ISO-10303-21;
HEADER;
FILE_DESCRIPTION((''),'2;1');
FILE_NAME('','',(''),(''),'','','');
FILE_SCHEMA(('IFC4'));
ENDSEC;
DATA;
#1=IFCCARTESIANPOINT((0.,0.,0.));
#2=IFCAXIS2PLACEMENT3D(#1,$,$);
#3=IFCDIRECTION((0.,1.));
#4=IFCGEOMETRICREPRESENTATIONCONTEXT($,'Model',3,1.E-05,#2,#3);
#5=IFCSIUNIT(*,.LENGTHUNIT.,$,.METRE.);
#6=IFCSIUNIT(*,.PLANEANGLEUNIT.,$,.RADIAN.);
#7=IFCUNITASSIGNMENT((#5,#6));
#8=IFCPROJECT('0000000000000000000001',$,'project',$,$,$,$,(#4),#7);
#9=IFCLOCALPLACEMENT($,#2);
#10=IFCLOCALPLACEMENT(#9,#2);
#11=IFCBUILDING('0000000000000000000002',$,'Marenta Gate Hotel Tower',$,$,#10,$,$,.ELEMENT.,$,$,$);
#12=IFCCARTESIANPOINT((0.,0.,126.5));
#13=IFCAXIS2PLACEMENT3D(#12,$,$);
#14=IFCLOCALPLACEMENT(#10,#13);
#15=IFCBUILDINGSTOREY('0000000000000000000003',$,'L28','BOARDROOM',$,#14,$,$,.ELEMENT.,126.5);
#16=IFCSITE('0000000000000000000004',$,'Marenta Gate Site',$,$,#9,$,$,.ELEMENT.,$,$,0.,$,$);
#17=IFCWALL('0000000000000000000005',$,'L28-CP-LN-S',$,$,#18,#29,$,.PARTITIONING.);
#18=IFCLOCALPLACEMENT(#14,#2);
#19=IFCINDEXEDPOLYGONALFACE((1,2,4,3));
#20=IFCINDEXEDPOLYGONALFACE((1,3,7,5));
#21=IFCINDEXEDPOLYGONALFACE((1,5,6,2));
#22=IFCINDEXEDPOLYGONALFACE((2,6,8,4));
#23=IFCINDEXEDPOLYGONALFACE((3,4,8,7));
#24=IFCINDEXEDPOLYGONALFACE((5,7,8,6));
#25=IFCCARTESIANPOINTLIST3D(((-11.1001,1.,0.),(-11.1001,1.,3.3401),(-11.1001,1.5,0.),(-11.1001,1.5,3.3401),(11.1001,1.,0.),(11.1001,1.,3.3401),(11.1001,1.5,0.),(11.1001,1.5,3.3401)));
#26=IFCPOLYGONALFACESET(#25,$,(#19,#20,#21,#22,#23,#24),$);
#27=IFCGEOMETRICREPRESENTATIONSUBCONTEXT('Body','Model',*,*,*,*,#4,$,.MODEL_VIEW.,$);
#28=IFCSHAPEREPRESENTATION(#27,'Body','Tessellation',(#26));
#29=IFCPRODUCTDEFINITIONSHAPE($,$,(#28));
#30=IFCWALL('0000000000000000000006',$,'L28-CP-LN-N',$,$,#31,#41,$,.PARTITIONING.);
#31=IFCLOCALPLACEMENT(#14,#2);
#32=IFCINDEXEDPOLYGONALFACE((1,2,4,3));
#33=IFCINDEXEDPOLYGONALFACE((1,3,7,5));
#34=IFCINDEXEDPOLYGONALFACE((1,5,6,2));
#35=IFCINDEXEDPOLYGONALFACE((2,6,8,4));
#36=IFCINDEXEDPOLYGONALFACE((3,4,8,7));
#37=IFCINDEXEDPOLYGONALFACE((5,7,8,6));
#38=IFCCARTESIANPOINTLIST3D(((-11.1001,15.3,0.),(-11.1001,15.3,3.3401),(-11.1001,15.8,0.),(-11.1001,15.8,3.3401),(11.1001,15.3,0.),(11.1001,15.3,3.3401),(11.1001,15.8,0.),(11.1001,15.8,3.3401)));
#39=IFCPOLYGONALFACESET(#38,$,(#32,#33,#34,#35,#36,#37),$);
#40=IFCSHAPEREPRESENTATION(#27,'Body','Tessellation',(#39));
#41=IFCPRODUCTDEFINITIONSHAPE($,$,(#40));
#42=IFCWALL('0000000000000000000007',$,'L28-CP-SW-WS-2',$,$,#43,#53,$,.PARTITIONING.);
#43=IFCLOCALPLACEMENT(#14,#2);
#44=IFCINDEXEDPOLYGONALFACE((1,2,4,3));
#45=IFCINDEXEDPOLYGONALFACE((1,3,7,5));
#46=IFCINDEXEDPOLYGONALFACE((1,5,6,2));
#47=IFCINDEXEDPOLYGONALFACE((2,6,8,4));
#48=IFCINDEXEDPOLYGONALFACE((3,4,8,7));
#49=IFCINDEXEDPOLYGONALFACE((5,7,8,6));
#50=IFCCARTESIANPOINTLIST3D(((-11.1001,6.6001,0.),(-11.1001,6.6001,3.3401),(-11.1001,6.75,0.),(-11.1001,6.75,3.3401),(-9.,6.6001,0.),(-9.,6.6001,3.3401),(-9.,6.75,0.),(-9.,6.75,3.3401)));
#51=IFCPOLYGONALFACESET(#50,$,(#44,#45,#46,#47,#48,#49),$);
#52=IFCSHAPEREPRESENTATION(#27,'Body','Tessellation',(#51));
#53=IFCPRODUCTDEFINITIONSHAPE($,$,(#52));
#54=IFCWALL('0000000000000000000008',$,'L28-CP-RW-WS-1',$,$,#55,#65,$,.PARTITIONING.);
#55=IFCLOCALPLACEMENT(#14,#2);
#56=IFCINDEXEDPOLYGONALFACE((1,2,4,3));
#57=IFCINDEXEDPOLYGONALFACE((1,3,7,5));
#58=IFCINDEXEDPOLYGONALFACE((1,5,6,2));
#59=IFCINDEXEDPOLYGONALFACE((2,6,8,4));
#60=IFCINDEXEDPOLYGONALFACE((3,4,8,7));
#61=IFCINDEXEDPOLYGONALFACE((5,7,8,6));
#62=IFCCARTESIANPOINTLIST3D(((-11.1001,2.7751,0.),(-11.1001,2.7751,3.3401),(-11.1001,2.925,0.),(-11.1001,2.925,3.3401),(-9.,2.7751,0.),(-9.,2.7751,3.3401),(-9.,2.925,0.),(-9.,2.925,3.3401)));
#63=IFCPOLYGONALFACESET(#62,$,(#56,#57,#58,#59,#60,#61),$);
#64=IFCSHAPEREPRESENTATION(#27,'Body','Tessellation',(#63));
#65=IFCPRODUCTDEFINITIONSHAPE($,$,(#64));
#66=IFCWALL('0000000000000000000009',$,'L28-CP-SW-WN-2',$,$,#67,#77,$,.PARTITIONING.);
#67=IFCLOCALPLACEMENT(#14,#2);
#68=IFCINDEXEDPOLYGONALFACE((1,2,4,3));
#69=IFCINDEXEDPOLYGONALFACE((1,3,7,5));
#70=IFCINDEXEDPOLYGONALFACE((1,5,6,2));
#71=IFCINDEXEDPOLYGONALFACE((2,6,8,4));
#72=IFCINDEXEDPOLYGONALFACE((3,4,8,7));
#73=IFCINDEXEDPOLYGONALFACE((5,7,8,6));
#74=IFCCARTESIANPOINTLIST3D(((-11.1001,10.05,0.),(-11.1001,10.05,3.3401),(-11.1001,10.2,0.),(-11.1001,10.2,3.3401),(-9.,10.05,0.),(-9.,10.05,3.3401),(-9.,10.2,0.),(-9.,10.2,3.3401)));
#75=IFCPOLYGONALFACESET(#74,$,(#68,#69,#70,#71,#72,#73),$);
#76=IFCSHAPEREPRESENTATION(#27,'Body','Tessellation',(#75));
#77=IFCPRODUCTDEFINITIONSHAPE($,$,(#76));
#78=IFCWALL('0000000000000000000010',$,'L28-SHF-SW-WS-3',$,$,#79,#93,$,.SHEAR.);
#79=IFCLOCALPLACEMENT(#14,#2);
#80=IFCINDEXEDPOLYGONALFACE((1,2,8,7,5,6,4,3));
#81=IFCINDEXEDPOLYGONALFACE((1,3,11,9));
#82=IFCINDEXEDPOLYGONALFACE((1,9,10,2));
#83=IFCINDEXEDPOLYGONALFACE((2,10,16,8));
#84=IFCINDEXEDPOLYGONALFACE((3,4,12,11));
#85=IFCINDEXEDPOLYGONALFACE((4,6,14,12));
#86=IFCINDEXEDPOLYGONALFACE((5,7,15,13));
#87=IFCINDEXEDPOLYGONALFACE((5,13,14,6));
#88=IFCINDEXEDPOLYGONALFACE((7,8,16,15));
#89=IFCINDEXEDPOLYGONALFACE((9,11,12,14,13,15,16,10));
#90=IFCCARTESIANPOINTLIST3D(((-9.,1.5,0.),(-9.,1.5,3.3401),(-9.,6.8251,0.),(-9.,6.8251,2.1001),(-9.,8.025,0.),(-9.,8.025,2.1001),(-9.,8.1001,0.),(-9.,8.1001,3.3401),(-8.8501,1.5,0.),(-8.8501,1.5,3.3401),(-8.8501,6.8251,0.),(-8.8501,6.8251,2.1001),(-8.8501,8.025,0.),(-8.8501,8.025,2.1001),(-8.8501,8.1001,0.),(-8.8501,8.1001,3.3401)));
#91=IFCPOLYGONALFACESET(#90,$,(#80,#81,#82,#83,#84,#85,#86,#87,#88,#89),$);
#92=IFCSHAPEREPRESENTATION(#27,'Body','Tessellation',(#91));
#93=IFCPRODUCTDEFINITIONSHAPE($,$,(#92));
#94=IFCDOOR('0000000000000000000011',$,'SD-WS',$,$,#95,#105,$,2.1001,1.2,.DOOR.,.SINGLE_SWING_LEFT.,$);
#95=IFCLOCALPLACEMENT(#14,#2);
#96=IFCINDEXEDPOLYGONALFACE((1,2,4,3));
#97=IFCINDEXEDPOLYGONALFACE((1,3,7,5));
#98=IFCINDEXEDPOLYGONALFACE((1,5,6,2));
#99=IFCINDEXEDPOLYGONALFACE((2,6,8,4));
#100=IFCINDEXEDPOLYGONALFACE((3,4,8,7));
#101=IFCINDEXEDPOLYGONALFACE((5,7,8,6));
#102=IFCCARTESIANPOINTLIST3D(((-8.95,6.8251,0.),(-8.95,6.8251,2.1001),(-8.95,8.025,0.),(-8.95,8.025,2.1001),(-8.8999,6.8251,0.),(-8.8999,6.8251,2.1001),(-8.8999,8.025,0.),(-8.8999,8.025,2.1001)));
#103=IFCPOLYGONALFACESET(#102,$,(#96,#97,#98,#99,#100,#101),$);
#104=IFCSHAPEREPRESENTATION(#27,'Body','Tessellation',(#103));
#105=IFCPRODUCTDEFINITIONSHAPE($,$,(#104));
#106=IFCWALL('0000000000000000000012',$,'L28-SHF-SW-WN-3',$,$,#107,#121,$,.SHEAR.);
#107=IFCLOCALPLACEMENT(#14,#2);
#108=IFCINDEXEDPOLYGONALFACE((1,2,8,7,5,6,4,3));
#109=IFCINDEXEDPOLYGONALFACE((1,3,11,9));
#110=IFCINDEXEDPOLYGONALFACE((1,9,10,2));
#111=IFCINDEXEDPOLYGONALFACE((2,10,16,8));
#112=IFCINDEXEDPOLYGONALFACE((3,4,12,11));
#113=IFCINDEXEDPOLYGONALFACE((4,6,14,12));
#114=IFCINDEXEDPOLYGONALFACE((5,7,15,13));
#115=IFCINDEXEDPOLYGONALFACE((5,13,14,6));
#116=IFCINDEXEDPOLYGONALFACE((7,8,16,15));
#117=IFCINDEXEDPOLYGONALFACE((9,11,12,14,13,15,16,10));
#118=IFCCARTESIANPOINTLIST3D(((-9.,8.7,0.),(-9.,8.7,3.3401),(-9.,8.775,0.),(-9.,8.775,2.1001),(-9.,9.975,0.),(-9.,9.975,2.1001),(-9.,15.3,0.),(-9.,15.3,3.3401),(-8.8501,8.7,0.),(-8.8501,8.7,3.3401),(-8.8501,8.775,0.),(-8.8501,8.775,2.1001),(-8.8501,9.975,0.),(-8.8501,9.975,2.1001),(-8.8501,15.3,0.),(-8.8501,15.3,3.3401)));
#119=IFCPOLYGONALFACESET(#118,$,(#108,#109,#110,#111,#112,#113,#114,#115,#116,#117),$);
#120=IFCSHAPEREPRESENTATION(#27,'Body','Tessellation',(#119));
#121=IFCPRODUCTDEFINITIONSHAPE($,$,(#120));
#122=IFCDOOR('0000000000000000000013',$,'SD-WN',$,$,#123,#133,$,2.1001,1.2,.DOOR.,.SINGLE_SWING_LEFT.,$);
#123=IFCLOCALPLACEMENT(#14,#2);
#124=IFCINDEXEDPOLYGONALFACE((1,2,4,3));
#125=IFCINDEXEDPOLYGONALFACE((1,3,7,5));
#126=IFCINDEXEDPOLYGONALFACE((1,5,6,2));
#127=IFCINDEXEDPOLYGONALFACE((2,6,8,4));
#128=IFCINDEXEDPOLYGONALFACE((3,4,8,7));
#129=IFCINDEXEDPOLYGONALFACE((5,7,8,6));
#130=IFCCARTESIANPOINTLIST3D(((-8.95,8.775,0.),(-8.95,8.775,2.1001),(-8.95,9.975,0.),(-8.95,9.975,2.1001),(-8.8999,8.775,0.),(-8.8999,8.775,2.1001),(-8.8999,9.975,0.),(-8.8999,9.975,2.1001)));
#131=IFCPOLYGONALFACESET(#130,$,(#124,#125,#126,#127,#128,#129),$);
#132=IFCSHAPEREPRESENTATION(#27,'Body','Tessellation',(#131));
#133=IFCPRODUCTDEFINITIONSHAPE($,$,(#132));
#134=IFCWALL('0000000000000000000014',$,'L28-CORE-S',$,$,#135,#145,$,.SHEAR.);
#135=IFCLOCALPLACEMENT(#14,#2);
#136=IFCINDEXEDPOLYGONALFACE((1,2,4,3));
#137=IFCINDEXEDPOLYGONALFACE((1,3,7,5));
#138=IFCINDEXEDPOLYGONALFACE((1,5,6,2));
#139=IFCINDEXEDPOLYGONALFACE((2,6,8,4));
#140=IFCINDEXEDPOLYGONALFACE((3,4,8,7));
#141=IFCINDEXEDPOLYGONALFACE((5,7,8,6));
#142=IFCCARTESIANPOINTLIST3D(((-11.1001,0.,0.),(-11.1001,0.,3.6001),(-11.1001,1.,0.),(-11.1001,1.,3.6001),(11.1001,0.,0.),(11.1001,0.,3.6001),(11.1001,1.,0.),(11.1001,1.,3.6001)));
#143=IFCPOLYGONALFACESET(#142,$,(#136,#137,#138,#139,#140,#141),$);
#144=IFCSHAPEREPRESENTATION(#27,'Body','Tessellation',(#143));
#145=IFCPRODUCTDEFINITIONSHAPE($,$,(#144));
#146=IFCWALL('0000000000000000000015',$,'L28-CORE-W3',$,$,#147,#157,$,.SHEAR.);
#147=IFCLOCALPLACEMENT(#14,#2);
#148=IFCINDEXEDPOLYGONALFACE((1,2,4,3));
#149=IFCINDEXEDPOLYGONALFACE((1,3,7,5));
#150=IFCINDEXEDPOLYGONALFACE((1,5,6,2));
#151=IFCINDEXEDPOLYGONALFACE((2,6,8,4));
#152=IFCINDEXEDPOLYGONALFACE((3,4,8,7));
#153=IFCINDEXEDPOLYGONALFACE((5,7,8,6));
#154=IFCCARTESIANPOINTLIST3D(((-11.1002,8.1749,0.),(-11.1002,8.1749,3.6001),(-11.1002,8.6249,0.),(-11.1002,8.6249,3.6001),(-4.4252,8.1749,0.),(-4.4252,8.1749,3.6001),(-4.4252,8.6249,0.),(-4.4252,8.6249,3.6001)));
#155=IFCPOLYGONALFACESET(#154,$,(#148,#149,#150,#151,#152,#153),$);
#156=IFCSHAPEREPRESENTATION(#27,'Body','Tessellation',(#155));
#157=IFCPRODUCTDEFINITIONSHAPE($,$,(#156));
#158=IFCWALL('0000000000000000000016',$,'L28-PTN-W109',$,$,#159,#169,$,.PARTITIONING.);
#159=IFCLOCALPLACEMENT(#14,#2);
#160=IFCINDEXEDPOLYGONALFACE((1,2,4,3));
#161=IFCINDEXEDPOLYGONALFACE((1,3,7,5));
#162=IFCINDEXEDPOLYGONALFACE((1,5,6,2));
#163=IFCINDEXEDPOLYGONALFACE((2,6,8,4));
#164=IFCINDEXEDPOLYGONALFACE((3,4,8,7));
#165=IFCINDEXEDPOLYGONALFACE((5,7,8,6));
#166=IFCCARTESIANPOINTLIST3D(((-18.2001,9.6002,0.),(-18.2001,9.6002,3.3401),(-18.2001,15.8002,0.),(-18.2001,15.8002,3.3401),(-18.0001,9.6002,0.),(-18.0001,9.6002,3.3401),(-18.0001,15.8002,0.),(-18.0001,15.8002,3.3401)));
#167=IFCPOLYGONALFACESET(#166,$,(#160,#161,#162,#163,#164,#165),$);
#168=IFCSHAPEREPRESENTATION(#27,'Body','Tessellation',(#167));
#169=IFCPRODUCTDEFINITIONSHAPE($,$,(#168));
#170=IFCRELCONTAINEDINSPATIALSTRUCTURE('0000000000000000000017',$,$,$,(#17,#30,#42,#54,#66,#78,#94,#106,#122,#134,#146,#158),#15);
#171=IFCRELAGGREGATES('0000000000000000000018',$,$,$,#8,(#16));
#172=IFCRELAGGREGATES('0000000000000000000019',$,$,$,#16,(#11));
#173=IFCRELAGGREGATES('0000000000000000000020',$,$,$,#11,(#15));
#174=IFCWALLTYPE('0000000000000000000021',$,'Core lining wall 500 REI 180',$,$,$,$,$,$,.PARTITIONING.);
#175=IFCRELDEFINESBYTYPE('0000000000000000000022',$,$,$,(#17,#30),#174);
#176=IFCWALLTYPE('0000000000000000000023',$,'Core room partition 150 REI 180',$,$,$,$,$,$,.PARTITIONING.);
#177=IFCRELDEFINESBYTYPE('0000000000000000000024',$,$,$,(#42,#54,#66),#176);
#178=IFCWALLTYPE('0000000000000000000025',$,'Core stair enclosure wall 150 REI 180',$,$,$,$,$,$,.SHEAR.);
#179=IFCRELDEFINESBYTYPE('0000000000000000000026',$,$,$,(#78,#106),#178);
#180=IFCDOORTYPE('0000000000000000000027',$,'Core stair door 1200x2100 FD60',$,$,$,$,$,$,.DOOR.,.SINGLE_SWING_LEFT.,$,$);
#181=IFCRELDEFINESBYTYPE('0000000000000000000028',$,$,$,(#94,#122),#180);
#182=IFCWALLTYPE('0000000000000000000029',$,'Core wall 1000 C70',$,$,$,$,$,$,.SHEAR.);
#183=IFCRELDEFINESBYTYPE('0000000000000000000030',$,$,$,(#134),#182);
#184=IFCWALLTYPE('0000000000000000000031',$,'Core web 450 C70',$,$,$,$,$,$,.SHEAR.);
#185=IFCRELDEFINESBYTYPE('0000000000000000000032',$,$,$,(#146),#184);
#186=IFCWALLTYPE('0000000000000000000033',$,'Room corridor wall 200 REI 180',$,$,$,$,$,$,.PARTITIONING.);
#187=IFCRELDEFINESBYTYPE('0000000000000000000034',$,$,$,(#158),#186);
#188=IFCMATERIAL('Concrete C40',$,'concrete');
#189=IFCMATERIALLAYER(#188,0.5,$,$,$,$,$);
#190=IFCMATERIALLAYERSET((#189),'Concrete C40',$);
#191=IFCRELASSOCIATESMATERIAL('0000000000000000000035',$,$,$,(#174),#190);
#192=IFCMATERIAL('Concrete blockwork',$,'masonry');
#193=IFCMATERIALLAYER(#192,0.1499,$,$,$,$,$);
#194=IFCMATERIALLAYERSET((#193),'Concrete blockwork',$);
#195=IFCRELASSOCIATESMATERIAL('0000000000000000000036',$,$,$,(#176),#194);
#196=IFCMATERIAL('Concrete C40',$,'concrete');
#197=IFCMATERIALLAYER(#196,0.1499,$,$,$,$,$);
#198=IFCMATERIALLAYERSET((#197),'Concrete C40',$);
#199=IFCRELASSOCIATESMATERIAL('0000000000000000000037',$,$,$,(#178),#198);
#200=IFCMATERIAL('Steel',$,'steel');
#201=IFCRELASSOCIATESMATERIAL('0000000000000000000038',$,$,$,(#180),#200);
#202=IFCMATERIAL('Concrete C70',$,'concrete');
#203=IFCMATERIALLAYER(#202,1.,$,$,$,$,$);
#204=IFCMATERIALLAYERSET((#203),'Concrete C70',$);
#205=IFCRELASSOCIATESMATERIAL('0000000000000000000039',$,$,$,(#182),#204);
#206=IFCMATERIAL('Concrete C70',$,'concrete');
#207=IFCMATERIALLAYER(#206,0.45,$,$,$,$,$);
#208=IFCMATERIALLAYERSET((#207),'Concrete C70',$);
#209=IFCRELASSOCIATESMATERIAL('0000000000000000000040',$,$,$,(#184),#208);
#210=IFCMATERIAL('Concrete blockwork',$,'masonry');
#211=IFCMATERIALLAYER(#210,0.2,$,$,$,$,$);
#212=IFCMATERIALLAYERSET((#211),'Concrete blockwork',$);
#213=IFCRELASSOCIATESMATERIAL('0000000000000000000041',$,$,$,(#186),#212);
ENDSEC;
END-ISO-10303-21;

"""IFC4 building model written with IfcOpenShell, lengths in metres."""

from ifc_helpers import new_model, si_unit, direction, frame, frame_2d, origin, place, context, subcontext, project, spatial, rectangle, extrude, material, layer, layer_set, type_object, element, fill, save


model = new_model("IFC4")

# Units and contexts
model_context = context("Model", 3, precision=1e-05, world=origin(), true_north=direction((0.0, 1.0)))
body_context = subcontext(model_context, "Body", "Model", "MODEL_VIEW")
ifc_project = project(units=[si_unit("LENGTHUNIT", "METRE"), si_unit("PLANEANGLEUNIT", "RADIAN")], contexts=[model_context])

# Site, building, storey
site_placement = place(None, origin())
site = spatial("IfcSite", under=ifc_project, at=site_placement, Name="Marenta Gate Site", CompositionType="ELEMENT", RefElevation=0.0)
building_placement = place(site_placement, origin())
building = spatial("IfcBuilding", under=site, at=building_placement, Name="Marenta Gate Hotel Tower", CompositionType="ELEMENT")
storey_placement = place(building_placement, frame((0.0, 0.0, 126.5)))
storey = spatial("IfcBuildingStorey", under=building, at=storey_placement, Name="L28", Description="BOARDROOM", CompositionType="ELEMENT", Elevation=126.5)

# Walls
ifc_material_1 = material(Name="Concrete C40", Category="concrete")
ifc_layer_1 = layer(ifc_material_1, 0.5)
ifc_layer_set_1 = layer_set([ifc_layer_1], Name="Concrete C40")
wall_type_1 = type_object("IfcWallType", Name="Core lining wall 500 REI 180", PredefinedType="PARTITIONING", material=ifc_layer_set_1)
for number, where, z_axis, x_axis, name in (
    (1, (-11.1001, 1.25, 0.0), (0.0, 0.0, 1.0), (1.0, 0.0, 0.0), "L28-CP-LN-S"),
    (2, (-11.1001, 15.55, 0.0), (0.0, 0.0, 1.0), (1.0, 0.0, 0.0), "L28-CP-LN-N"),
):
    element("IfcWall", number, at=place(storey_placement, frame(where, z_axis=z_axis, x_axis=x_axis)), inside=storey, type_object=wall_type_1, Name=name, PredefinedType="PARTITIONING", context=body_context, shape_type="SweptSolid", body=[
        extrude(rectangle(XDim=22.2002, YDim=0.5, at=frame_2d((11.1001, 0.0))), origin(), (0.0, 0.0, 1.0), 3.3401),
    ])
ifc_material_2 = material(Name="Concrete blockwork", Category="masonry")
ifc_layer_2 = layer(ifc_material_2, 0.1499)
ifc_layer_set_2 = layer_set([ifc_layer_2], Name="Concrete blockwork")
wall_type_2 = type_object("IfcWallType", Name="Core room partition 150 REI 180", PredefinedType="PARTITIONING", material=ifc_layer_set_2)
for number, where, z_axis, x_axis, name in (
    (3, (-11.1001, 6.675, 0.0), (0.0, 0.0, 1.0), (1.0, 0.0, 0.0), "L28-CP-SW-WS-2"),
    (4, (-11.1001, 2.8501, 0.0), (0.0, 0.0, 1.0), (1.0, 0.0, 0.0), "L28-CP-RW-WS-1"),
    (5, (-11.1001, 10.125, 0.0), (0.0, 0.0, 1.0), (1.0, 0.0, 0.0), "L28-CP-SW-WN-2"),
):
    element("IfcWall", number, at=place(storey_placement, frame(where, z_axis=z_axis, x_axis=x_axis)), inside=storey, type_object=wall_type_2, Name=name, PredefinedType="PARTITIONING", context=body_context, shape_type="SweptSolid", body=[
        extrude(rectangle(XDim=2.1001, YDim=0.1499, at=frame_2d((1.05, 0.0))), origin(), (0.0, 0.0, 1.0), 3.3401),
    ])

# Walls, openings, doors
ifc_material_3 = material(Name="Concrete C40", Category="concrete")
ifc_layer_3 = layer(ifc_material_3, 0.1499)
ifc_layer_set_3 = layer_set([ifc_layer_3], Name="Concrete C40")
wall_type_3 = type_object("IfcWallType", Name="Core stair enclosure wall 150 REI 180", PredefinedType="SHEAR", material=ifc_layer_set_3)
wall_1_placement = place(storey_placement, frame((-8.925, 1.5, 0.0), z_axis=(0.0, 0.0, 1.0), x_axis=(0.0, 1.0, 0.0)))
wall_1 = element("IfcWall", 6, at=wall_1_placement, inside=storey, type_object=wall_type_3, Name="L28-SHF-SW-WS-3", PredefinedType="SHEAR", context=body_context, shape_type="SweptSolid", body=[
    extrude(rectangle(XDim=6.6001, YDim=0.1499, at=frame_2d((3.3, 0.0))), origin(), (0.0, 0.0, 1.0), 3.3401),
])
opening_1_placement = place(wall_1_placement, frame((5.325, 0.0, 0.0)))
opening_1 = element("IfcOpeningElement", 7, at=opening_1_placement, cuts=wall_1, PredefinedType="OPENING", context=body_context, shape_type="SweptSolid", body=[
    extrude(rectangle(XDim=1.2, YDim=2.1001, at=frame_2d((0.6001, 1.05))), frame((0.0, 0.075, 0.0), z_axis=(0.0, -1.0, 0.0), x_axis=(1.0, 0.0, 0.0)), (0.0, 0.0, 1.0), 0.1499),
])
ifc_material_4 = material(Name="Steel", Category="steel")
door_type = type_object("IfcDoorType", Name="Core stair door 1200x2100 FD60", OperationType="SINGLE_SWING_LEFT", PredefinedType="DOOR", material=ifc_material_4)
door_1_placement = place(opening_1_placement, origin())
door_1 = element("IfcDoor", 8, at=door_1_placement, inside=storey, type_object=door_type, Name="SD-WS", OperationType="SINGLE_SWING_LEFT", OverallHeight=2.1001, OverallWidth=1.2, PredefinedType="DOOR", context=body_context, shape_type="SweptSolid", body=[
    extrude(rectangle(XDim=1.2, YDim=2.1001, at=frame_2d((0.6001, 1.05))), frame((0.0, 0.0249, 0.0), z_axis=(0.0, -1.0, 0.0), x_axis=(1.0, 0.0, 0.0)), (0.0, 0.0, 1.0), 0.05),
])
fill(opening_1, door_1)
wall_2_placement = place(storey_placement, frame((-8.925, 8.7, 0.0), z_axis=(0.0, 0.0, 1.0), x_axis=(0.0, 1.0, 0.0)))
wall_2 = element("IfcWall", 9, at=wall_2_placement, inside=storey, type_object=wall_type_3, Name="L28-SHF-SW-WN-3", PredefinedType="SHEAR", context=body_context, shape_type="SweptSolid", body=[
    extrude(rectangle(XDim=6.6001, YDim=0.1499, at=frame_2d((3.3, 0.0))), origin(), (0.0, 0.0, 1.0), 3.3401),
])
opening_2_placement = place(wall_2_placement, frame((0.075, 0.0, 0.0)))
opening_2 = element("IfcOpeningElement", 10, at=opening_2_placement, cuts=wall_2, PredefinedType="OPENING", context=body_context, shape_type="SweptSolid", body=[
    extrude(rectangle(XDim=1.2, YDim=2.1001, at=frame_2d((0.6001, 1.05))), frame((0.0, 0.075, 0.0), z_axis=(0.0, -1.0, 0.0), x_axis=(1.0, 0.0, 0.0)), (0.0, 0.0, 1.0), 0.1499),
])
door_2_placement = place(opening_2_placement, origin())
door_2 = element("IfcDoor", 11, at=door_2_placement, inside=storey, type_object=door_type, Name="SD-WN", OperationType="SINGLE_SWING_LEFT", OverallHeight=2.1001, OverallWidth=1.2, PredefinedType="DOOR", context=body_context, shape_type="SweptSolid", body=[
    extrude(rectangle(XDim=1.2, YDim=2.1001, at=frame_2d((0.6001, 1.05))), frame((0.0, 0.0249, 0.0), z_axis=(0.0, -1.0, 0.0), x_axis=(1.0, 0.0, 0.0)), (0.0, 0.0, 1.0), 0.05),
])
fill(opening_2, door_2)

# Walls
ifc_material_5 = material(Name="Concrete C70", Category="concrete")
ifc_layer_4 = layer(ifc_material_5, 1.0)
ifc_layer_set_4 = layer_set([ifc_layer_4], Name="Concrete C70")
wall_type_4 = type_object("IfcWallType", Name="Core wall 1000 C70", PredefinedType="SHEAR", material=ifc_layer_set_4)
wall_3_placement = place(storey_placement, frame((-11.1001, 0.5, 0.0), z_axis=(0.0, 0.0, 1.0), x_axis=(1.0, 0.0, 0.0)))
element("IfcWall", 12, at=wall_3_placement, inside=storey, type_object=wall_type_4, Name="L28-CORE-S", PredefinedType="SHEAR", context=body_context, shape_type="SweptSolid", body=[
    extrude(rectangle(XDim=22.2002, YDim=1.0, at=frame_2d((11.1001, 0.0))), origin(), (0.0, 0.0, 1.0), 3.6001),
])
ifc_material_6 = material(Name="Concrete C70", Category="concrete")
ifc_layer_5 = layer(ifc_material_6, 0.45)
ifc_layer_set_5 = layer_set([ifc_layer_5], Name="Concrete C70")
wall_type_5 = type_object("IfcWallType", Name="Core web 450 C70", PredefinedType="SHEAR", material=ifc_layer_set_5)
wall_4_placement = place(storey_placement, frame((-11.1001, 8.3999, 0.0), z_axis=(0.0, 0.0, 1.0), x_axis=(1.0, 0.0, 0.0)))
element("IfcWall", 13, at=wall_4_placement, inside=storey, type_object=wall_type_5, Name="L28-CORE-W3", PredefinedType="SHEAR", context=body_context, shape_type="SweptSolid", body=[
    extrude(rectangle(XDim=6.675, YDim=0.45, at=frame_2d((3.3374, 0.0))), origin(), (0.0, 0.0, 1.0), 3.6001),
])
ifc_material_7 = material(Name="Concrete blockwork", Category="masonry")
ifc_layer_6 = layer(ifc_material_7, 0.2)
ifc_layer_set_6 = layer_set([ifc_layer_6], Name="Concrete blockwork")
wall_type_6 = type_object("IfcWallType", Name="Room corridor wall 200 REI 180", PredefinedType="PARTITIONING", material=ifc_layer_set_6)
wall_5_placement = place(storey_placement, frame((-18.1001, 9.6001, 0.0), z_axis=(0.0, 0.0, 1.0), x_axis=(0.0, 1.0, 0.0)))
element("IfcWall", 14, at=wall_5_placement, inside=storey, type_object=wall_type_6, Name="L28-PTN-W109", PredefinedType="PARTITIONING", context=body_context, shape_type="SweptSolid", body=[
    extrude(rectangle(XDim=6.2, YDim=0.2, at=frame_2d((3.1001, 0.0))), origin(), (0.0, 0.0, 1.0), 3.3401),
])

save(model, "model.ifc")
